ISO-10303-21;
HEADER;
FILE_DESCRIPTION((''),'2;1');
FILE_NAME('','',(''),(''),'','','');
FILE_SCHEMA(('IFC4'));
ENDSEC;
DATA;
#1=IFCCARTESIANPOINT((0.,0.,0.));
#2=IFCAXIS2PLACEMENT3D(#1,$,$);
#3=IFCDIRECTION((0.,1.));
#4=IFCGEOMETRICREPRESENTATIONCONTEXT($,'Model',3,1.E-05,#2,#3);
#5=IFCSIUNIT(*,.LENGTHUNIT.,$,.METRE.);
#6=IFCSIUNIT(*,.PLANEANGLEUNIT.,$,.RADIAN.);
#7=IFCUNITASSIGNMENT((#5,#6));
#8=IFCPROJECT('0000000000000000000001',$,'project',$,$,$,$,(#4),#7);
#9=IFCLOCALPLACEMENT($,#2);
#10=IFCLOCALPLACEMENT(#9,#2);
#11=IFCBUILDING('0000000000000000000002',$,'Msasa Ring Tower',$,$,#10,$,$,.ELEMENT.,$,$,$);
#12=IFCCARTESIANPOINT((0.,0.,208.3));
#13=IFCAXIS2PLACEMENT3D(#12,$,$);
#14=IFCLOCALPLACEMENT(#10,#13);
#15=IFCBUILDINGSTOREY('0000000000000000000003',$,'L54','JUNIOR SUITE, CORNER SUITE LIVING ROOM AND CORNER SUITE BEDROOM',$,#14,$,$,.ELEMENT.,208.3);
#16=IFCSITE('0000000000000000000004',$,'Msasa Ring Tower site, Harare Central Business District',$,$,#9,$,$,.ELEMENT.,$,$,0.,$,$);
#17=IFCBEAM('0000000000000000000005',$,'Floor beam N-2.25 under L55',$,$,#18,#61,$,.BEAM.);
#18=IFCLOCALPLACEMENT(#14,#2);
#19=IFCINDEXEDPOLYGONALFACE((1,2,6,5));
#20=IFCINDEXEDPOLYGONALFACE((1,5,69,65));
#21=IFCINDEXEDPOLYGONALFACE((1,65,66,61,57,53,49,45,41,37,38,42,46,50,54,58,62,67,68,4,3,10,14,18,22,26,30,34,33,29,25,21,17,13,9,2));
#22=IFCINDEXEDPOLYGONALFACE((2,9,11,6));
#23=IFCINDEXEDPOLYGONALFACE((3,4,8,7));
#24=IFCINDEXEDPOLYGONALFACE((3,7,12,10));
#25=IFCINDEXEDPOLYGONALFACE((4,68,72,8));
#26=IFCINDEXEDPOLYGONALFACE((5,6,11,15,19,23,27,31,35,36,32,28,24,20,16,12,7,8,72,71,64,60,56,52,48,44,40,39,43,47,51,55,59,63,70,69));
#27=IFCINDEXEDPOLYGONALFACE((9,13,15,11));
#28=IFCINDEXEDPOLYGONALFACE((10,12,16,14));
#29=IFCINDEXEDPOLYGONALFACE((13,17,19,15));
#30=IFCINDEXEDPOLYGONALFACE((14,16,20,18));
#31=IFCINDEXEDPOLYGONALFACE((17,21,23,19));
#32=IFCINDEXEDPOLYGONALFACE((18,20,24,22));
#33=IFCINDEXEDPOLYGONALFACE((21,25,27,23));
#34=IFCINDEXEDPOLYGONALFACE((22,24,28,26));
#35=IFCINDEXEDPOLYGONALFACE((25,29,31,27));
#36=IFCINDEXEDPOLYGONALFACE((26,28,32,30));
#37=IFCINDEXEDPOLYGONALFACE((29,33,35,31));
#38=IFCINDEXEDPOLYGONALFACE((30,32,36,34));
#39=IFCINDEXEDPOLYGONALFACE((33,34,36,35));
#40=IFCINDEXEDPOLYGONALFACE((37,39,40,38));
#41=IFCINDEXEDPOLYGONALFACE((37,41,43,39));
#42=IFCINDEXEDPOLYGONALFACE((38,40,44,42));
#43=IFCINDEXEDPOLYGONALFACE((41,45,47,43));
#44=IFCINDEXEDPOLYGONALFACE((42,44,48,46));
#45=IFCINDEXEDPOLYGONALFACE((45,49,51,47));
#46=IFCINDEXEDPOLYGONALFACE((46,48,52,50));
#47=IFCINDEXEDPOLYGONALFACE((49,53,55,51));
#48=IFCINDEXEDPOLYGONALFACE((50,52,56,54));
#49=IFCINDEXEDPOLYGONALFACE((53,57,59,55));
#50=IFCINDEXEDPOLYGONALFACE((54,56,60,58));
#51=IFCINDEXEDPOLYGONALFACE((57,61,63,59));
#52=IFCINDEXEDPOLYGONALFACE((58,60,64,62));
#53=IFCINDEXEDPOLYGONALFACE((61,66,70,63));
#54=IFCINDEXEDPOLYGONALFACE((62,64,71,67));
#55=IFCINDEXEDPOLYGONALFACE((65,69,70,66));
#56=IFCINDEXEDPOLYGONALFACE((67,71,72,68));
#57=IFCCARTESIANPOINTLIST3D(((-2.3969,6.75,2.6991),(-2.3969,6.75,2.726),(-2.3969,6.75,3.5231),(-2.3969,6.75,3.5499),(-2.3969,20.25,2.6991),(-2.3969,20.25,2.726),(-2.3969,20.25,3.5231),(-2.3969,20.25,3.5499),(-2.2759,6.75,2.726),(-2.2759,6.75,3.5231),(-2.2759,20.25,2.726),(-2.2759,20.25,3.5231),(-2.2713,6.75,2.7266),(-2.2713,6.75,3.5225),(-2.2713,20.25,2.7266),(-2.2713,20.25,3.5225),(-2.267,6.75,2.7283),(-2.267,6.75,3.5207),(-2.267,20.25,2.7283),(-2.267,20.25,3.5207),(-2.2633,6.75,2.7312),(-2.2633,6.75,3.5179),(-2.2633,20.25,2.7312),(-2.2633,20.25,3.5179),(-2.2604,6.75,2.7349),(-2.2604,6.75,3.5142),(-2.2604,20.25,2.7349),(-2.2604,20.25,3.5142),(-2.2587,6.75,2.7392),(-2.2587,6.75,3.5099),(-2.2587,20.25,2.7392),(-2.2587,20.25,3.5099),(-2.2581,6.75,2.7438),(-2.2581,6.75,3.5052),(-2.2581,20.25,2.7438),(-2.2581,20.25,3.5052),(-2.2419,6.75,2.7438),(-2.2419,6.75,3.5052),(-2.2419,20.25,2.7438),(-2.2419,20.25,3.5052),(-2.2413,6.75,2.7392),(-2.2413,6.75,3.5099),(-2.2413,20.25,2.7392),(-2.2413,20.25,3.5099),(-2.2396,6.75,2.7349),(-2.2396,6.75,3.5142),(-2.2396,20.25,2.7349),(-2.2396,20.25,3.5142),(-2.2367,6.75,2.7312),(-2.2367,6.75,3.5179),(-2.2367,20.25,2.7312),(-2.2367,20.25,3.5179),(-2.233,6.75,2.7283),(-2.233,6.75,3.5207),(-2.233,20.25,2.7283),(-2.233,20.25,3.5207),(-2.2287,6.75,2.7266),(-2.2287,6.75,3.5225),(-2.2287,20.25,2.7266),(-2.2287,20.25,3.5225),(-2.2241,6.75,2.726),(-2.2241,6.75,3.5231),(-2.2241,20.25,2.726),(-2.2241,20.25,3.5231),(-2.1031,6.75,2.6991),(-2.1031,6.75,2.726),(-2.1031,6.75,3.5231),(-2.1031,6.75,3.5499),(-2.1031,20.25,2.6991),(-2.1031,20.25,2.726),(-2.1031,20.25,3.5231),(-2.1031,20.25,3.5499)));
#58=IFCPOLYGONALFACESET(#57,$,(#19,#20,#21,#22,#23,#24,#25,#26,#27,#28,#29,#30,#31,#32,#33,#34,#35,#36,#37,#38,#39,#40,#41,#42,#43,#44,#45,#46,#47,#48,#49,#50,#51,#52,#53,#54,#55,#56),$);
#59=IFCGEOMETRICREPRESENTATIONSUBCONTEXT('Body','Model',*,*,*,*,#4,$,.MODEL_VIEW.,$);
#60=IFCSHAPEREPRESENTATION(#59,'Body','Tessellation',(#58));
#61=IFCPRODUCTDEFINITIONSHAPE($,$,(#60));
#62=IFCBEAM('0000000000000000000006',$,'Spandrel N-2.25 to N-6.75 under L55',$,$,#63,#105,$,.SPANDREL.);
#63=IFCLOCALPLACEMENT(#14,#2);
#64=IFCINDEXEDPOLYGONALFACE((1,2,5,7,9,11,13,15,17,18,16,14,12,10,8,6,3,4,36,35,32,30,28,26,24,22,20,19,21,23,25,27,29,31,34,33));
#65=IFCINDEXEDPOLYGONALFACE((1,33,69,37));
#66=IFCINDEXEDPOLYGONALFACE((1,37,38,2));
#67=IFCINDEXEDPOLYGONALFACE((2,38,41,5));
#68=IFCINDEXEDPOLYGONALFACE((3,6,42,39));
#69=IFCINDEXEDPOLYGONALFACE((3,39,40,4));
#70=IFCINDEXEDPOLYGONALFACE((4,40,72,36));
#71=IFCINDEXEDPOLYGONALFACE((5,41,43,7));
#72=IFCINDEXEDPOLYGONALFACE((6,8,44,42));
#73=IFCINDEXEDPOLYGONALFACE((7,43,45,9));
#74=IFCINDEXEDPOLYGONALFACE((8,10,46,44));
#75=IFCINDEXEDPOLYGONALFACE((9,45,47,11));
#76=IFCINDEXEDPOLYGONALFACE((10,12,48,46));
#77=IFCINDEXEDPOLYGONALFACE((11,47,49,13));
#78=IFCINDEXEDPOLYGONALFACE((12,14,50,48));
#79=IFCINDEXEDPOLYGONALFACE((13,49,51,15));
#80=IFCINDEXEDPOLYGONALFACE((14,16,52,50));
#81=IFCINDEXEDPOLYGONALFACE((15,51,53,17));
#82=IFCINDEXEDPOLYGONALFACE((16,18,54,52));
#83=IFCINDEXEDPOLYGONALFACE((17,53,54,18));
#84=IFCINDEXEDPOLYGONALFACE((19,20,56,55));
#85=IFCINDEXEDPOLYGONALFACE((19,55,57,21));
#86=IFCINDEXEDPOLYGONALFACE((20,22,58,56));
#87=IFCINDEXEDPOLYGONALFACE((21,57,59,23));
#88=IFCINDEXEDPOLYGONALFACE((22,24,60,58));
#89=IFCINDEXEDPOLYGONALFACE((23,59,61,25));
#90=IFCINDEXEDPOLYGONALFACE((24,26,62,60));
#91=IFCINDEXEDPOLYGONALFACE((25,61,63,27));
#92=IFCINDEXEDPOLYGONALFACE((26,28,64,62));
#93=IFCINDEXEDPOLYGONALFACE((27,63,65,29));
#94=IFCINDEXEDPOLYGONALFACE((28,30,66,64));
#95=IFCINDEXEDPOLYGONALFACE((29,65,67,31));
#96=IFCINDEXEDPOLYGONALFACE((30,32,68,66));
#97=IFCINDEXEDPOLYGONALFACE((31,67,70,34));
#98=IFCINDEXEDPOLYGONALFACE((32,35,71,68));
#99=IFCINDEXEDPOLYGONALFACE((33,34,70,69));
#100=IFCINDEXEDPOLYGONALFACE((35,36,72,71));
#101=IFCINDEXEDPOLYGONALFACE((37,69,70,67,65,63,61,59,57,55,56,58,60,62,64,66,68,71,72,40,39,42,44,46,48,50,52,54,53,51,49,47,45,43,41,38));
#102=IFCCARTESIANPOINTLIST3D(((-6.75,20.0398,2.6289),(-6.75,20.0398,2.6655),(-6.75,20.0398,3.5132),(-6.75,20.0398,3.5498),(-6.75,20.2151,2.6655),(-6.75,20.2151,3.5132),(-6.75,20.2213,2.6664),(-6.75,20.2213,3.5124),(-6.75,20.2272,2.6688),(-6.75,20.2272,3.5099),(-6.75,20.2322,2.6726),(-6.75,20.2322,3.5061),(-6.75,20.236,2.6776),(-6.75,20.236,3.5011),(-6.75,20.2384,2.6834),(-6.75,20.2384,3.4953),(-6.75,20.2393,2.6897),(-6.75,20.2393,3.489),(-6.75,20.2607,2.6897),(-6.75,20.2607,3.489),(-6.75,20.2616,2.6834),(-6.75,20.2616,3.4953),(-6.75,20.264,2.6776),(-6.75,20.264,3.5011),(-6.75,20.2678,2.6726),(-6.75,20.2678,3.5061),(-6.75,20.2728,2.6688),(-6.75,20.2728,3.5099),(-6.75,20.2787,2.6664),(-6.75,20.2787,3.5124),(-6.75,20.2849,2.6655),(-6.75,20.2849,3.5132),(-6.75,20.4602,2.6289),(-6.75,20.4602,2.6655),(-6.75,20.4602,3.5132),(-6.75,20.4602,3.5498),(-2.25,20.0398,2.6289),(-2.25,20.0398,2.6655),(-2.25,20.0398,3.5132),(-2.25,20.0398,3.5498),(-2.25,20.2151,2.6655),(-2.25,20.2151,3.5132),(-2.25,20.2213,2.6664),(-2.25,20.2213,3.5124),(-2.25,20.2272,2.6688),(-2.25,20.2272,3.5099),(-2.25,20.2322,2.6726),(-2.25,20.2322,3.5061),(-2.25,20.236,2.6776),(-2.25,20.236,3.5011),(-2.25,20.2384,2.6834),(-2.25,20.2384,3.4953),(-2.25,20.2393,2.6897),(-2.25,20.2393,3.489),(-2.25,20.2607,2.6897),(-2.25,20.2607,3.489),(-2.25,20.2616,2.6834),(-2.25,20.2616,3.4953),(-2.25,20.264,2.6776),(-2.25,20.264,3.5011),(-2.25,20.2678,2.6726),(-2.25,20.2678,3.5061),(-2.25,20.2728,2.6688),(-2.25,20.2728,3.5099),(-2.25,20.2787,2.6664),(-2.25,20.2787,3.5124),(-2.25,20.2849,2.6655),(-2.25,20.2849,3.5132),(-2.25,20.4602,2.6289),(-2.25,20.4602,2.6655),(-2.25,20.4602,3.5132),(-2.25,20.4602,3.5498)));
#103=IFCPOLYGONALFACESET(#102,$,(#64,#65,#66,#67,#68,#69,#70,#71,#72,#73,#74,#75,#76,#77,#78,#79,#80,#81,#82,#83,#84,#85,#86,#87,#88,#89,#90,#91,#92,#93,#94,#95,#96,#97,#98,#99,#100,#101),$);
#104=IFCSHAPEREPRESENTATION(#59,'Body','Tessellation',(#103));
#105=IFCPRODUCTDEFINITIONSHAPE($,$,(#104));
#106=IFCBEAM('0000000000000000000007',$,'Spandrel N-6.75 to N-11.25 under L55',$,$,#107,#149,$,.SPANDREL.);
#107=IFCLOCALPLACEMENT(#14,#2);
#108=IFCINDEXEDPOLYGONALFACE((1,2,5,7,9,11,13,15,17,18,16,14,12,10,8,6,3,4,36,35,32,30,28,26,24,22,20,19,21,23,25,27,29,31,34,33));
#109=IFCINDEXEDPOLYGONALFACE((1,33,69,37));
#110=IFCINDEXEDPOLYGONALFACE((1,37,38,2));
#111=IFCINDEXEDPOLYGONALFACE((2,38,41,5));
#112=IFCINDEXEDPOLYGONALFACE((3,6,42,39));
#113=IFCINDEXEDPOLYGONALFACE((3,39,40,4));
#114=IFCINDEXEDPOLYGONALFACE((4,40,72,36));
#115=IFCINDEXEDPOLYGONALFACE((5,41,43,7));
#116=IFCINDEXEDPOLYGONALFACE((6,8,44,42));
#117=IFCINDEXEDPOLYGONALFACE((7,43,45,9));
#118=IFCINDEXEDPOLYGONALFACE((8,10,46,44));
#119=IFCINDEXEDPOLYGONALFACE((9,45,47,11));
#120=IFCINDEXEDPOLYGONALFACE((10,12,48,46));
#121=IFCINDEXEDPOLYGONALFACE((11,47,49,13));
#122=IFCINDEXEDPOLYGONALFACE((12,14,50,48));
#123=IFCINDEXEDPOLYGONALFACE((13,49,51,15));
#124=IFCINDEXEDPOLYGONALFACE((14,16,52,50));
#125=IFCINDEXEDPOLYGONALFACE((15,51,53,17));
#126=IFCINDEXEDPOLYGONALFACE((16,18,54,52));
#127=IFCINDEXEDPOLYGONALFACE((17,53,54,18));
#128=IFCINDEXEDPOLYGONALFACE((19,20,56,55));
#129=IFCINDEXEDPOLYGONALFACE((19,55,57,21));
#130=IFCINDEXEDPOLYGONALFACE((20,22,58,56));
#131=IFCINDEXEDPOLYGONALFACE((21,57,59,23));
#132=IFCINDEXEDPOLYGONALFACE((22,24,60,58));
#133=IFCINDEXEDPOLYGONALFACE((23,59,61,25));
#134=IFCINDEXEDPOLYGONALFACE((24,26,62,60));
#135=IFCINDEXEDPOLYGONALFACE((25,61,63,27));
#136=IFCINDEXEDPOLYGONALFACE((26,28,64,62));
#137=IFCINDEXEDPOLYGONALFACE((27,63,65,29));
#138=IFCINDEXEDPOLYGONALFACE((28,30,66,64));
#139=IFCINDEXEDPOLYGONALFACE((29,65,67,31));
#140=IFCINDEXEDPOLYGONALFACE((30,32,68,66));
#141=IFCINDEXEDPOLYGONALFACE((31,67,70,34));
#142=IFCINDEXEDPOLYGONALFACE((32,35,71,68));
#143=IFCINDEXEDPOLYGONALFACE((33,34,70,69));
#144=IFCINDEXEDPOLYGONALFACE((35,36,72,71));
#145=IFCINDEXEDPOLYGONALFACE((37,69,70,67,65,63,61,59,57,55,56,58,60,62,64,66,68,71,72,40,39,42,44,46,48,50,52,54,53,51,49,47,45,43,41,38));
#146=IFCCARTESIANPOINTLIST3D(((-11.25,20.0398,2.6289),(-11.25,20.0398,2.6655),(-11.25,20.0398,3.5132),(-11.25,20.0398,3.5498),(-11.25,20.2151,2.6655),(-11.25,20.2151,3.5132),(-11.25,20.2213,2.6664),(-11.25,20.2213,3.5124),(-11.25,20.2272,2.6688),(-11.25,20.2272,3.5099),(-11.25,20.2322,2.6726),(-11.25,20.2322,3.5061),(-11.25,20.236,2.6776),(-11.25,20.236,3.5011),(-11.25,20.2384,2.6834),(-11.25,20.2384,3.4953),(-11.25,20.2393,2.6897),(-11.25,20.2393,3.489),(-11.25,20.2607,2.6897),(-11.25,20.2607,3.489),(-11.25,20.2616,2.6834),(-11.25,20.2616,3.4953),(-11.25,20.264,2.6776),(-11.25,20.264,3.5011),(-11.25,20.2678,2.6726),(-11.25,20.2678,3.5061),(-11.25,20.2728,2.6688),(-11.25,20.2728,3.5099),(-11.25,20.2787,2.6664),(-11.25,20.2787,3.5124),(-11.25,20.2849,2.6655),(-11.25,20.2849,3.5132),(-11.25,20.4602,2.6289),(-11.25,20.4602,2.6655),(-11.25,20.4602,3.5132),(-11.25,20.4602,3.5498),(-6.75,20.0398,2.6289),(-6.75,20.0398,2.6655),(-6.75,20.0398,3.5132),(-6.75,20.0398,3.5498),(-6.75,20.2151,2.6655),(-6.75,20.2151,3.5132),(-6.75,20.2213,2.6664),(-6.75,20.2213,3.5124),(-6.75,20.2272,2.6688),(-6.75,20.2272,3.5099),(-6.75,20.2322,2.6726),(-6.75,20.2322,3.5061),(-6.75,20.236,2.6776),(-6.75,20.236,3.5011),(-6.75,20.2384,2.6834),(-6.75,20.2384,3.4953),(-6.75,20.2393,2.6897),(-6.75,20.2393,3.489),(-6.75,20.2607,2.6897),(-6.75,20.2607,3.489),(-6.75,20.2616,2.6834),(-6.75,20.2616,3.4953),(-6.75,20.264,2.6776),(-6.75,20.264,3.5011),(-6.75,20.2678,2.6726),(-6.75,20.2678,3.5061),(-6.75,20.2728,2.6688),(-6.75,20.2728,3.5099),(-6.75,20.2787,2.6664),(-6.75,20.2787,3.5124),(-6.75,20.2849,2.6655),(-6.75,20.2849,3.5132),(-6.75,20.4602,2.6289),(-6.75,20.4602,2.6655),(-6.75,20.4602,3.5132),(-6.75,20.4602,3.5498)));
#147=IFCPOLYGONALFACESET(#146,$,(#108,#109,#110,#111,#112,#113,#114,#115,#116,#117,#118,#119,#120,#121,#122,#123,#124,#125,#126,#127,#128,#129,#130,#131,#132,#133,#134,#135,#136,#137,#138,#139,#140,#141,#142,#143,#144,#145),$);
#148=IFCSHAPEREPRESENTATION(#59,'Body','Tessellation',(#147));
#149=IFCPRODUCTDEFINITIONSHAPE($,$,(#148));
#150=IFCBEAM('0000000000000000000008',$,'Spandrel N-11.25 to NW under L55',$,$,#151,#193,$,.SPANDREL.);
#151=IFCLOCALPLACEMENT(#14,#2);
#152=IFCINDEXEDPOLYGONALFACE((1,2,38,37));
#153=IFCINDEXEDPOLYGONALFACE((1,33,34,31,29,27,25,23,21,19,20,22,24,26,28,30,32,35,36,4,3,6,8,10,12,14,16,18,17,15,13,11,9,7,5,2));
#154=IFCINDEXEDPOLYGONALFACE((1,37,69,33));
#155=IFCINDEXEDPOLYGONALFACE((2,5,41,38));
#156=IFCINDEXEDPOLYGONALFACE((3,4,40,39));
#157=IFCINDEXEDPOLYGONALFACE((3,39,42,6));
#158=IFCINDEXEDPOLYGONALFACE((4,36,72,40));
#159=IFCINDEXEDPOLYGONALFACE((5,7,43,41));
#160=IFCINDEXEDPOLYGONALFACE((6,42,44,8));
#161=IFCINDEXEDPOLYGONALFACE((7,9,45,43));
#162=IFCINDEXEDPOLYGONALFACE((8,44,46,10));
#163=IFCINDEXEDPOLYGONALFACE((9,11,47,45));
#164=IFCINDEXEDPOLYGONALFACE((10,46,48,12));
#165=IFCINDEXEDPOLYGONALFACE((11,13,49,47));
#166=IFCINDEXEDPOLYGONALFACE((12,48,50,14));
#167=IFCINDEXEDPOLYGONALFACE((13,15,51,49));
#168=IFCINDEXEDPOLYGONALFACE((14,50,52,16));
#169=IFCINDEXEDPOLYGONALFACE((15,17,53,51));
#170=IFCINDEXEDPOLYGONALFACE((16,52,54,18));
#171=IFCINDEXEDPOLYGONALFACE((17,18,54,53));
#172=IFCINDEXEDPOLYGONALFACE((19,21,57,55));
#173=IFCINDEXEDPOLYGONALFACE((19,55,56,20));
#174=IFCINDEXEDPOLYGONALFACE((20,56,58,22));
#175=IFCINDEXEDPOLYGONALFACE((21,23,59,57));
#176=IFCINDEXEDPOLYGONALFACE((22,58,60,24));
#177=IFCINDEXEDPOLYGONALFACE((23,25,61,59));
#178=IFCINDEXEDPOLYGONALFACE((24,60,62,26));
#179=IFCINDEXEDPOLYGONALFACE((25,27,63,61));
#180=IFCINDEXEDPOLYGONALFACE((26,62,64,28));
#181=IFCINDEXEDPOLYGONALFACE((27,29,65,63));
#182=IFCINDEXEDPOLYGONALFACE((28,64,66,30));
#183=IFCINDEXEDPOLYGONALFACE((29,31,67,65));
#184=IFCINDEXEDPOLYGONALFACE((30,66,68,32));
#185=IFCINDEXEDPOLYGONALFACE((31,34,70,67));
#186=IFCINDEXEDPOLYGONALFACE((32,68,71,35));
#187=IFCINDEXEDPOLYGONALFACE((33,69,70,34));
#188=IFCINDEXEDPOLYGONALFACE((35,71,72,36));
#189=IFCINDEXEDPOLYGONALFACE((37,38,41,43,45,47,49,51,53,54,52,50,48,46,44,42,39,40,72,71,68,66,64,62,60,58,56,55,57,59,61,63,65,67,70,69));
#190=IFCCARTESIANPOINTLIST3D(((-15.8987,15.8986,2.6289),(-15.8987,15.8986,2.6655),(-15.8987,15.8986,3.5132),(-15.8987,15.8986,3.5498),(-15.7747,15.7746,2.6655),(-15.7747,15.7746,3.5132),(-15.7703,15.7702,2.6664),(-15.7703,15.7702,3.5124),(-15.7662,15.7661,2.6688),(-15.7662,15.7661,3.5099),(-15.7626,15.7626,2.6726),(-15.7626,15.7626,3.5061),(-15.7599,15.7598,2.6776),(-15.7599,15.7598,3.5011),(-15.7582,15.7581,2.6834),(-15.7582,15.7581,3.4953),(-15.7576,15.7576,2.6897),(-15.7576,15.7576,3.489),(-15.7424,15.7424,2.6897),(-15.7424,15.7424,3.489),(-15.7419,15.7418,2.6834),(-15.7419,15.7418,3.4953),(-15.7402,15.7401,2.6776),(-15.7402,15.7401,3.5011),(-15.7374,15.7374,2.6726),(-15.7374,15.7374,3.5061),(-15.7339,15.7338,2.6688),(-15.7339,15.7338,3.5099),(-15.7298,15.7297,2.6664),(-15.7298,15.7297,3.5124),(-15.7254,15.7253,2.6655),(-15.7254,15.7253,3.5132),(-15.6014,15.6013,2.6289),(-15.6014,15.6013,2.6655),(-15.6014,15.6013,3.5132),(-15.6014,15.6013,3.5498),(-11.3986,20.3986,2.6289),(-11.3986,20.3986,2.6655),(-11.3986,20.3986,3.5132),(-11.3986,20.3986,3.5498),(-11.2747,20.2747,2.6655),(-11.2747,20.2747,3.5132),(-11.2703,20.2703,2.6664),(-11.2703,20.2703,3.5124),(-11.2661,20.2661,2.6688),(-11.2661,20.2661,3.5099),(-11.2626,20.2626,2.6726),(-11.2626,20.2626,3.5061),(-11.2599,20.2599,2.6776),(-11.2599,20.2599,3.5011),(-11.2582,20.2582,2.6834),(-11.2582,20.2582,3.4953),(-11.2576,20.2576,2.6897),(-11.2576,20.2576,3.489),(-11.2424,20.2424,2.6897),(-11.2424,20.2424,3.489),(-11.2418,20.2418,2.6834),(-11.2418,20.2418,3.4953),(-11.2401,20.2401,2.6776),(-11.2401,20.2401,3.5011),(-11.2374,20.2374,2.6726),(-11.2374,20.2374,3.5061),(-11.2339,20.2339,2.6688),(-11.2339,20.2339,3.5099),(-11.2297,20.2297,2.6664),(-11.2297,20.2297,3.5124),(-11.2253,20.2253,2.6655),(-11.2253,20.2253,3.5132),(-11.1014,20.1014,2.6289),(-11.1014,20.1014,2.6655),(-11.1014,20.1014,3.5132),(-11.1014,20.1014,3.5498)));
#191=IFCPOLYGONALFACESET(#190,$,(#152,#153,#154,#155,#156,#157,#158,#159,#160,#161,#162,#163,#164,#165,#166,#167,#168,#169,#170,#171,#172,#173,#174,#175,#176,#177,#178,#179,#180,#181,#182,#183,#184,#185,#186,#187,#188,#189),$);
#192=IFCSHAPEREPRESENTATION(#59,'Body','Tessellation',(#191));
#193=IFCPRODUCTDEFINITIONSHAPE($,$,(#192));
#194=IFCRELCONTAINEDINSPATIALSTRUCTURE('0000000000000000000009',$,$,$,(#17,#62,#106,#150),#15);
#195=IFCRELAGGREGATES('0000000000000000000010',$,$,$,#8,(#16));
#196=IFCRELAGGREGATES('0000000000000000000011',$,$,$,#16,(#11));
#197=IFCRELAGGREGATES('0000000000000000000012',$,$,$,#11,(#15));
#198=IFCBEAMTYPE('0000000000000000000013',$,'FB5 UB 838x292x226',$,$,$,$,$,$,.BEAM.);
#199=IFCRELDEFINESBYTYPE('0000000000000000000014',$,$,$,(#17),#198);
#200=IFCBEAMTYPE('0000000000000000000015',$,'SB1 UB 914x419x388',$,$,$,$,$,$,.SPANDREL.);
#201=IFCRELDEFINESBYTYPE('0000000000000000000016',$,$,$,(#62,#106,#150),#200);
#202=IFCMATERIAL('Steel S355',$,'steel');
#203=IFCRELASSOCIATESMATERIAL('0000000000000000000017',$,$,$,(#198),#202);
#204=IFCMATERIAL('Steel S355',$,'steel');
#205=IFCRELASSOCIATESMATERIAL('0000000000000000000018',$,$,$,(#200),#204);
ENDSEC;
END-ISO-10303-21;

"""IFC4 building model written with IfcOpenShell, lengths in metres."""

from ifc_helpers import new_model, si_unit, direction, frame, origin, origin_2d, place, context, subcontext, project, spatial, i_section, extrude, material, material_profile, profile_set, type_object, element, save


model = new_model("IFC4")

# Units and contexts
model_context = context("Model", 3, precision=1e-05, world=origin(), true_north=direction((0.0, 1.0)))
body_context = subcontext(model_context, "Body", "Model", "MODEL_VIEW")
ifc_project = project(units=[si_unit("LENGTHUNIT", "METRE"), si_unit("PLANEANGLEUNIT", "RADIAN")], contexts=[model_context])

# Site, building, storey
site_placement = place(None, origin())
site = spatial("IfcSite", under=ifc_project, at=site_placement, Name="Msasa Ring Tower site, Harare Central Business District", CompositionType="ELEMENT", RefElevation=0.0)
building_placement = place(site_placement, origin())
building = spatial("IfcBuilding", under=site, at=building_placement, Name="Msasa Ring Tower", CompositionType="ELEMENT")
storey_placement = place(building_placement, frame((0.0, 0.0, 208.3)))
storey = spatial("IfcBuildingStorey", under=building, at=storey_placement, Name="L54", Description="JUNIOR SUITE, CORNER SUITE LIVING ROOM AND CORNER SUITE BEDROOM", CompositionType="ELEMENT", Elevation=208.3)

# Beams
ifc_material_1 = material(Name="Steel S355", Category="steel")
ifc_material_profile_1 = material_profile(ifc_material_1, i_section(OverallWidth=0.2937, OverallDepth=0.8508, WebThickness=0.0161, FlangeThickness=0.0269, FilletRadius=0.0178, at=origin_2d()), Name="UB 838x292x226")
ifc_profile_set_1 = profile_set([ifc_material_profile_1], Name="Steel S355")
beam_type_1 = type_object("IfcBeamType", Name="FB5 UB 838x292x226", PredefinedType="BEAM", material=ifc_profile_set_1)
for number, where, z_axis, x_axis, name in (
    (1, (-2.25, 20.25, 3.1245), (0.0, -1.0, 0.0), (1.0, 0.0, 0.0), "Floor beam N-2.25 under L55"),
):
    element("IfcBeam", number, at=place(storey_placement, frame(where, z_axis=z_axis, x_axis=x_axis)), inside=storey, type_object=beam_type_1, Name=name, PredefinedType="BEAM", context=body_context, shape_type="SweptSolid", body=[
        extrude(i_section(OverallWidth=0.2937, OverallDepth=0.8508, WebThickness=0.0161, FlangeThickness=0.0269, FilletRadius=0.0178, at=origin_2d()), origin(), (0.0, 0.0, 1.0), 13.5),
    ])
ifc_material_2 = material(Name="Steel S355", Category="steel")
ifc_material_profile_2 = material_profile(ifc_material_2, i_section(OverallWidth=0.4204, OverallDepth=0.9209, WebThickness=0.0215, FlangeThickness=0.0366, FilletRadius=0.0242, at=origin_2d()), Name="UB 914x419x388")
ifc_profile_set_2 = profile_set([ifc_material_profile_2], Name="Steel S355")
beam_type_2 = type_object("IfcBeamType", Name="SB1 UB 914x419x388", PredefinedType="SPANDREL", material=ifc_profile_set_2)
for number, where, z_axis, x_axis, name in (
    (2, (-2.25, 20.25, 3.0894), (-1.0, 0.0, 0.0), (0.0, -1.0, 0.0), "Spandrel N-2.25 to N-6.75 under L55"),
    (3, (-6.75, 20.25, 3.0894), (-1.0, 0.0, 0.0), (0.0, -1.0, 0.0), "Spandrel N-6.75 to N-11.25 under L55"),
):
    element("IfcBeam", number, at=place(storey_placement, frame(where, z_axis=z_axis, x_axis=x_axis)), inside=storey, type_object=beam_type_2, Name=name, PredefinedType="SPANDREL", context=body_context, shape_type="SweptSolid", body=[
        extrude(i_section(OverallWidth=0.4204, OverallDepth=0.9209, WebThickness=0.0215, FlangeThickness=0.0366, FilletRadius=0.0242, at=origin_2d()), origin(), (0.0, 0.0, 1.0), 4.5),
    ])
beam_1_placement = place(storey_placement, frame((-11.25, 20.25, 3.0894), z_axis=(-0.707107, -0.707107, 0.0), x_axis=(0.707107, -0.707107, 0.0)))
element("IfcBeam", 4, at=beam_1_placement, inside=storey, type_object=beam_type_2, Name="Spandrel N-11.25 to NW under L55", PredefinedType="SPANDREL", context=body_context, shape_type="SweptSolid", body=[
    extrude(i_section(OverallWidth=0.4204, OverallDepth=0.9209, WebThickness=0.0215, FlangeThickness=0.0366, FilletRadius=0.0242, at=origin_2d()), origin(), (0.0, 0.0, 1.0), 6.364),
])

save(model, "model.ifc")
